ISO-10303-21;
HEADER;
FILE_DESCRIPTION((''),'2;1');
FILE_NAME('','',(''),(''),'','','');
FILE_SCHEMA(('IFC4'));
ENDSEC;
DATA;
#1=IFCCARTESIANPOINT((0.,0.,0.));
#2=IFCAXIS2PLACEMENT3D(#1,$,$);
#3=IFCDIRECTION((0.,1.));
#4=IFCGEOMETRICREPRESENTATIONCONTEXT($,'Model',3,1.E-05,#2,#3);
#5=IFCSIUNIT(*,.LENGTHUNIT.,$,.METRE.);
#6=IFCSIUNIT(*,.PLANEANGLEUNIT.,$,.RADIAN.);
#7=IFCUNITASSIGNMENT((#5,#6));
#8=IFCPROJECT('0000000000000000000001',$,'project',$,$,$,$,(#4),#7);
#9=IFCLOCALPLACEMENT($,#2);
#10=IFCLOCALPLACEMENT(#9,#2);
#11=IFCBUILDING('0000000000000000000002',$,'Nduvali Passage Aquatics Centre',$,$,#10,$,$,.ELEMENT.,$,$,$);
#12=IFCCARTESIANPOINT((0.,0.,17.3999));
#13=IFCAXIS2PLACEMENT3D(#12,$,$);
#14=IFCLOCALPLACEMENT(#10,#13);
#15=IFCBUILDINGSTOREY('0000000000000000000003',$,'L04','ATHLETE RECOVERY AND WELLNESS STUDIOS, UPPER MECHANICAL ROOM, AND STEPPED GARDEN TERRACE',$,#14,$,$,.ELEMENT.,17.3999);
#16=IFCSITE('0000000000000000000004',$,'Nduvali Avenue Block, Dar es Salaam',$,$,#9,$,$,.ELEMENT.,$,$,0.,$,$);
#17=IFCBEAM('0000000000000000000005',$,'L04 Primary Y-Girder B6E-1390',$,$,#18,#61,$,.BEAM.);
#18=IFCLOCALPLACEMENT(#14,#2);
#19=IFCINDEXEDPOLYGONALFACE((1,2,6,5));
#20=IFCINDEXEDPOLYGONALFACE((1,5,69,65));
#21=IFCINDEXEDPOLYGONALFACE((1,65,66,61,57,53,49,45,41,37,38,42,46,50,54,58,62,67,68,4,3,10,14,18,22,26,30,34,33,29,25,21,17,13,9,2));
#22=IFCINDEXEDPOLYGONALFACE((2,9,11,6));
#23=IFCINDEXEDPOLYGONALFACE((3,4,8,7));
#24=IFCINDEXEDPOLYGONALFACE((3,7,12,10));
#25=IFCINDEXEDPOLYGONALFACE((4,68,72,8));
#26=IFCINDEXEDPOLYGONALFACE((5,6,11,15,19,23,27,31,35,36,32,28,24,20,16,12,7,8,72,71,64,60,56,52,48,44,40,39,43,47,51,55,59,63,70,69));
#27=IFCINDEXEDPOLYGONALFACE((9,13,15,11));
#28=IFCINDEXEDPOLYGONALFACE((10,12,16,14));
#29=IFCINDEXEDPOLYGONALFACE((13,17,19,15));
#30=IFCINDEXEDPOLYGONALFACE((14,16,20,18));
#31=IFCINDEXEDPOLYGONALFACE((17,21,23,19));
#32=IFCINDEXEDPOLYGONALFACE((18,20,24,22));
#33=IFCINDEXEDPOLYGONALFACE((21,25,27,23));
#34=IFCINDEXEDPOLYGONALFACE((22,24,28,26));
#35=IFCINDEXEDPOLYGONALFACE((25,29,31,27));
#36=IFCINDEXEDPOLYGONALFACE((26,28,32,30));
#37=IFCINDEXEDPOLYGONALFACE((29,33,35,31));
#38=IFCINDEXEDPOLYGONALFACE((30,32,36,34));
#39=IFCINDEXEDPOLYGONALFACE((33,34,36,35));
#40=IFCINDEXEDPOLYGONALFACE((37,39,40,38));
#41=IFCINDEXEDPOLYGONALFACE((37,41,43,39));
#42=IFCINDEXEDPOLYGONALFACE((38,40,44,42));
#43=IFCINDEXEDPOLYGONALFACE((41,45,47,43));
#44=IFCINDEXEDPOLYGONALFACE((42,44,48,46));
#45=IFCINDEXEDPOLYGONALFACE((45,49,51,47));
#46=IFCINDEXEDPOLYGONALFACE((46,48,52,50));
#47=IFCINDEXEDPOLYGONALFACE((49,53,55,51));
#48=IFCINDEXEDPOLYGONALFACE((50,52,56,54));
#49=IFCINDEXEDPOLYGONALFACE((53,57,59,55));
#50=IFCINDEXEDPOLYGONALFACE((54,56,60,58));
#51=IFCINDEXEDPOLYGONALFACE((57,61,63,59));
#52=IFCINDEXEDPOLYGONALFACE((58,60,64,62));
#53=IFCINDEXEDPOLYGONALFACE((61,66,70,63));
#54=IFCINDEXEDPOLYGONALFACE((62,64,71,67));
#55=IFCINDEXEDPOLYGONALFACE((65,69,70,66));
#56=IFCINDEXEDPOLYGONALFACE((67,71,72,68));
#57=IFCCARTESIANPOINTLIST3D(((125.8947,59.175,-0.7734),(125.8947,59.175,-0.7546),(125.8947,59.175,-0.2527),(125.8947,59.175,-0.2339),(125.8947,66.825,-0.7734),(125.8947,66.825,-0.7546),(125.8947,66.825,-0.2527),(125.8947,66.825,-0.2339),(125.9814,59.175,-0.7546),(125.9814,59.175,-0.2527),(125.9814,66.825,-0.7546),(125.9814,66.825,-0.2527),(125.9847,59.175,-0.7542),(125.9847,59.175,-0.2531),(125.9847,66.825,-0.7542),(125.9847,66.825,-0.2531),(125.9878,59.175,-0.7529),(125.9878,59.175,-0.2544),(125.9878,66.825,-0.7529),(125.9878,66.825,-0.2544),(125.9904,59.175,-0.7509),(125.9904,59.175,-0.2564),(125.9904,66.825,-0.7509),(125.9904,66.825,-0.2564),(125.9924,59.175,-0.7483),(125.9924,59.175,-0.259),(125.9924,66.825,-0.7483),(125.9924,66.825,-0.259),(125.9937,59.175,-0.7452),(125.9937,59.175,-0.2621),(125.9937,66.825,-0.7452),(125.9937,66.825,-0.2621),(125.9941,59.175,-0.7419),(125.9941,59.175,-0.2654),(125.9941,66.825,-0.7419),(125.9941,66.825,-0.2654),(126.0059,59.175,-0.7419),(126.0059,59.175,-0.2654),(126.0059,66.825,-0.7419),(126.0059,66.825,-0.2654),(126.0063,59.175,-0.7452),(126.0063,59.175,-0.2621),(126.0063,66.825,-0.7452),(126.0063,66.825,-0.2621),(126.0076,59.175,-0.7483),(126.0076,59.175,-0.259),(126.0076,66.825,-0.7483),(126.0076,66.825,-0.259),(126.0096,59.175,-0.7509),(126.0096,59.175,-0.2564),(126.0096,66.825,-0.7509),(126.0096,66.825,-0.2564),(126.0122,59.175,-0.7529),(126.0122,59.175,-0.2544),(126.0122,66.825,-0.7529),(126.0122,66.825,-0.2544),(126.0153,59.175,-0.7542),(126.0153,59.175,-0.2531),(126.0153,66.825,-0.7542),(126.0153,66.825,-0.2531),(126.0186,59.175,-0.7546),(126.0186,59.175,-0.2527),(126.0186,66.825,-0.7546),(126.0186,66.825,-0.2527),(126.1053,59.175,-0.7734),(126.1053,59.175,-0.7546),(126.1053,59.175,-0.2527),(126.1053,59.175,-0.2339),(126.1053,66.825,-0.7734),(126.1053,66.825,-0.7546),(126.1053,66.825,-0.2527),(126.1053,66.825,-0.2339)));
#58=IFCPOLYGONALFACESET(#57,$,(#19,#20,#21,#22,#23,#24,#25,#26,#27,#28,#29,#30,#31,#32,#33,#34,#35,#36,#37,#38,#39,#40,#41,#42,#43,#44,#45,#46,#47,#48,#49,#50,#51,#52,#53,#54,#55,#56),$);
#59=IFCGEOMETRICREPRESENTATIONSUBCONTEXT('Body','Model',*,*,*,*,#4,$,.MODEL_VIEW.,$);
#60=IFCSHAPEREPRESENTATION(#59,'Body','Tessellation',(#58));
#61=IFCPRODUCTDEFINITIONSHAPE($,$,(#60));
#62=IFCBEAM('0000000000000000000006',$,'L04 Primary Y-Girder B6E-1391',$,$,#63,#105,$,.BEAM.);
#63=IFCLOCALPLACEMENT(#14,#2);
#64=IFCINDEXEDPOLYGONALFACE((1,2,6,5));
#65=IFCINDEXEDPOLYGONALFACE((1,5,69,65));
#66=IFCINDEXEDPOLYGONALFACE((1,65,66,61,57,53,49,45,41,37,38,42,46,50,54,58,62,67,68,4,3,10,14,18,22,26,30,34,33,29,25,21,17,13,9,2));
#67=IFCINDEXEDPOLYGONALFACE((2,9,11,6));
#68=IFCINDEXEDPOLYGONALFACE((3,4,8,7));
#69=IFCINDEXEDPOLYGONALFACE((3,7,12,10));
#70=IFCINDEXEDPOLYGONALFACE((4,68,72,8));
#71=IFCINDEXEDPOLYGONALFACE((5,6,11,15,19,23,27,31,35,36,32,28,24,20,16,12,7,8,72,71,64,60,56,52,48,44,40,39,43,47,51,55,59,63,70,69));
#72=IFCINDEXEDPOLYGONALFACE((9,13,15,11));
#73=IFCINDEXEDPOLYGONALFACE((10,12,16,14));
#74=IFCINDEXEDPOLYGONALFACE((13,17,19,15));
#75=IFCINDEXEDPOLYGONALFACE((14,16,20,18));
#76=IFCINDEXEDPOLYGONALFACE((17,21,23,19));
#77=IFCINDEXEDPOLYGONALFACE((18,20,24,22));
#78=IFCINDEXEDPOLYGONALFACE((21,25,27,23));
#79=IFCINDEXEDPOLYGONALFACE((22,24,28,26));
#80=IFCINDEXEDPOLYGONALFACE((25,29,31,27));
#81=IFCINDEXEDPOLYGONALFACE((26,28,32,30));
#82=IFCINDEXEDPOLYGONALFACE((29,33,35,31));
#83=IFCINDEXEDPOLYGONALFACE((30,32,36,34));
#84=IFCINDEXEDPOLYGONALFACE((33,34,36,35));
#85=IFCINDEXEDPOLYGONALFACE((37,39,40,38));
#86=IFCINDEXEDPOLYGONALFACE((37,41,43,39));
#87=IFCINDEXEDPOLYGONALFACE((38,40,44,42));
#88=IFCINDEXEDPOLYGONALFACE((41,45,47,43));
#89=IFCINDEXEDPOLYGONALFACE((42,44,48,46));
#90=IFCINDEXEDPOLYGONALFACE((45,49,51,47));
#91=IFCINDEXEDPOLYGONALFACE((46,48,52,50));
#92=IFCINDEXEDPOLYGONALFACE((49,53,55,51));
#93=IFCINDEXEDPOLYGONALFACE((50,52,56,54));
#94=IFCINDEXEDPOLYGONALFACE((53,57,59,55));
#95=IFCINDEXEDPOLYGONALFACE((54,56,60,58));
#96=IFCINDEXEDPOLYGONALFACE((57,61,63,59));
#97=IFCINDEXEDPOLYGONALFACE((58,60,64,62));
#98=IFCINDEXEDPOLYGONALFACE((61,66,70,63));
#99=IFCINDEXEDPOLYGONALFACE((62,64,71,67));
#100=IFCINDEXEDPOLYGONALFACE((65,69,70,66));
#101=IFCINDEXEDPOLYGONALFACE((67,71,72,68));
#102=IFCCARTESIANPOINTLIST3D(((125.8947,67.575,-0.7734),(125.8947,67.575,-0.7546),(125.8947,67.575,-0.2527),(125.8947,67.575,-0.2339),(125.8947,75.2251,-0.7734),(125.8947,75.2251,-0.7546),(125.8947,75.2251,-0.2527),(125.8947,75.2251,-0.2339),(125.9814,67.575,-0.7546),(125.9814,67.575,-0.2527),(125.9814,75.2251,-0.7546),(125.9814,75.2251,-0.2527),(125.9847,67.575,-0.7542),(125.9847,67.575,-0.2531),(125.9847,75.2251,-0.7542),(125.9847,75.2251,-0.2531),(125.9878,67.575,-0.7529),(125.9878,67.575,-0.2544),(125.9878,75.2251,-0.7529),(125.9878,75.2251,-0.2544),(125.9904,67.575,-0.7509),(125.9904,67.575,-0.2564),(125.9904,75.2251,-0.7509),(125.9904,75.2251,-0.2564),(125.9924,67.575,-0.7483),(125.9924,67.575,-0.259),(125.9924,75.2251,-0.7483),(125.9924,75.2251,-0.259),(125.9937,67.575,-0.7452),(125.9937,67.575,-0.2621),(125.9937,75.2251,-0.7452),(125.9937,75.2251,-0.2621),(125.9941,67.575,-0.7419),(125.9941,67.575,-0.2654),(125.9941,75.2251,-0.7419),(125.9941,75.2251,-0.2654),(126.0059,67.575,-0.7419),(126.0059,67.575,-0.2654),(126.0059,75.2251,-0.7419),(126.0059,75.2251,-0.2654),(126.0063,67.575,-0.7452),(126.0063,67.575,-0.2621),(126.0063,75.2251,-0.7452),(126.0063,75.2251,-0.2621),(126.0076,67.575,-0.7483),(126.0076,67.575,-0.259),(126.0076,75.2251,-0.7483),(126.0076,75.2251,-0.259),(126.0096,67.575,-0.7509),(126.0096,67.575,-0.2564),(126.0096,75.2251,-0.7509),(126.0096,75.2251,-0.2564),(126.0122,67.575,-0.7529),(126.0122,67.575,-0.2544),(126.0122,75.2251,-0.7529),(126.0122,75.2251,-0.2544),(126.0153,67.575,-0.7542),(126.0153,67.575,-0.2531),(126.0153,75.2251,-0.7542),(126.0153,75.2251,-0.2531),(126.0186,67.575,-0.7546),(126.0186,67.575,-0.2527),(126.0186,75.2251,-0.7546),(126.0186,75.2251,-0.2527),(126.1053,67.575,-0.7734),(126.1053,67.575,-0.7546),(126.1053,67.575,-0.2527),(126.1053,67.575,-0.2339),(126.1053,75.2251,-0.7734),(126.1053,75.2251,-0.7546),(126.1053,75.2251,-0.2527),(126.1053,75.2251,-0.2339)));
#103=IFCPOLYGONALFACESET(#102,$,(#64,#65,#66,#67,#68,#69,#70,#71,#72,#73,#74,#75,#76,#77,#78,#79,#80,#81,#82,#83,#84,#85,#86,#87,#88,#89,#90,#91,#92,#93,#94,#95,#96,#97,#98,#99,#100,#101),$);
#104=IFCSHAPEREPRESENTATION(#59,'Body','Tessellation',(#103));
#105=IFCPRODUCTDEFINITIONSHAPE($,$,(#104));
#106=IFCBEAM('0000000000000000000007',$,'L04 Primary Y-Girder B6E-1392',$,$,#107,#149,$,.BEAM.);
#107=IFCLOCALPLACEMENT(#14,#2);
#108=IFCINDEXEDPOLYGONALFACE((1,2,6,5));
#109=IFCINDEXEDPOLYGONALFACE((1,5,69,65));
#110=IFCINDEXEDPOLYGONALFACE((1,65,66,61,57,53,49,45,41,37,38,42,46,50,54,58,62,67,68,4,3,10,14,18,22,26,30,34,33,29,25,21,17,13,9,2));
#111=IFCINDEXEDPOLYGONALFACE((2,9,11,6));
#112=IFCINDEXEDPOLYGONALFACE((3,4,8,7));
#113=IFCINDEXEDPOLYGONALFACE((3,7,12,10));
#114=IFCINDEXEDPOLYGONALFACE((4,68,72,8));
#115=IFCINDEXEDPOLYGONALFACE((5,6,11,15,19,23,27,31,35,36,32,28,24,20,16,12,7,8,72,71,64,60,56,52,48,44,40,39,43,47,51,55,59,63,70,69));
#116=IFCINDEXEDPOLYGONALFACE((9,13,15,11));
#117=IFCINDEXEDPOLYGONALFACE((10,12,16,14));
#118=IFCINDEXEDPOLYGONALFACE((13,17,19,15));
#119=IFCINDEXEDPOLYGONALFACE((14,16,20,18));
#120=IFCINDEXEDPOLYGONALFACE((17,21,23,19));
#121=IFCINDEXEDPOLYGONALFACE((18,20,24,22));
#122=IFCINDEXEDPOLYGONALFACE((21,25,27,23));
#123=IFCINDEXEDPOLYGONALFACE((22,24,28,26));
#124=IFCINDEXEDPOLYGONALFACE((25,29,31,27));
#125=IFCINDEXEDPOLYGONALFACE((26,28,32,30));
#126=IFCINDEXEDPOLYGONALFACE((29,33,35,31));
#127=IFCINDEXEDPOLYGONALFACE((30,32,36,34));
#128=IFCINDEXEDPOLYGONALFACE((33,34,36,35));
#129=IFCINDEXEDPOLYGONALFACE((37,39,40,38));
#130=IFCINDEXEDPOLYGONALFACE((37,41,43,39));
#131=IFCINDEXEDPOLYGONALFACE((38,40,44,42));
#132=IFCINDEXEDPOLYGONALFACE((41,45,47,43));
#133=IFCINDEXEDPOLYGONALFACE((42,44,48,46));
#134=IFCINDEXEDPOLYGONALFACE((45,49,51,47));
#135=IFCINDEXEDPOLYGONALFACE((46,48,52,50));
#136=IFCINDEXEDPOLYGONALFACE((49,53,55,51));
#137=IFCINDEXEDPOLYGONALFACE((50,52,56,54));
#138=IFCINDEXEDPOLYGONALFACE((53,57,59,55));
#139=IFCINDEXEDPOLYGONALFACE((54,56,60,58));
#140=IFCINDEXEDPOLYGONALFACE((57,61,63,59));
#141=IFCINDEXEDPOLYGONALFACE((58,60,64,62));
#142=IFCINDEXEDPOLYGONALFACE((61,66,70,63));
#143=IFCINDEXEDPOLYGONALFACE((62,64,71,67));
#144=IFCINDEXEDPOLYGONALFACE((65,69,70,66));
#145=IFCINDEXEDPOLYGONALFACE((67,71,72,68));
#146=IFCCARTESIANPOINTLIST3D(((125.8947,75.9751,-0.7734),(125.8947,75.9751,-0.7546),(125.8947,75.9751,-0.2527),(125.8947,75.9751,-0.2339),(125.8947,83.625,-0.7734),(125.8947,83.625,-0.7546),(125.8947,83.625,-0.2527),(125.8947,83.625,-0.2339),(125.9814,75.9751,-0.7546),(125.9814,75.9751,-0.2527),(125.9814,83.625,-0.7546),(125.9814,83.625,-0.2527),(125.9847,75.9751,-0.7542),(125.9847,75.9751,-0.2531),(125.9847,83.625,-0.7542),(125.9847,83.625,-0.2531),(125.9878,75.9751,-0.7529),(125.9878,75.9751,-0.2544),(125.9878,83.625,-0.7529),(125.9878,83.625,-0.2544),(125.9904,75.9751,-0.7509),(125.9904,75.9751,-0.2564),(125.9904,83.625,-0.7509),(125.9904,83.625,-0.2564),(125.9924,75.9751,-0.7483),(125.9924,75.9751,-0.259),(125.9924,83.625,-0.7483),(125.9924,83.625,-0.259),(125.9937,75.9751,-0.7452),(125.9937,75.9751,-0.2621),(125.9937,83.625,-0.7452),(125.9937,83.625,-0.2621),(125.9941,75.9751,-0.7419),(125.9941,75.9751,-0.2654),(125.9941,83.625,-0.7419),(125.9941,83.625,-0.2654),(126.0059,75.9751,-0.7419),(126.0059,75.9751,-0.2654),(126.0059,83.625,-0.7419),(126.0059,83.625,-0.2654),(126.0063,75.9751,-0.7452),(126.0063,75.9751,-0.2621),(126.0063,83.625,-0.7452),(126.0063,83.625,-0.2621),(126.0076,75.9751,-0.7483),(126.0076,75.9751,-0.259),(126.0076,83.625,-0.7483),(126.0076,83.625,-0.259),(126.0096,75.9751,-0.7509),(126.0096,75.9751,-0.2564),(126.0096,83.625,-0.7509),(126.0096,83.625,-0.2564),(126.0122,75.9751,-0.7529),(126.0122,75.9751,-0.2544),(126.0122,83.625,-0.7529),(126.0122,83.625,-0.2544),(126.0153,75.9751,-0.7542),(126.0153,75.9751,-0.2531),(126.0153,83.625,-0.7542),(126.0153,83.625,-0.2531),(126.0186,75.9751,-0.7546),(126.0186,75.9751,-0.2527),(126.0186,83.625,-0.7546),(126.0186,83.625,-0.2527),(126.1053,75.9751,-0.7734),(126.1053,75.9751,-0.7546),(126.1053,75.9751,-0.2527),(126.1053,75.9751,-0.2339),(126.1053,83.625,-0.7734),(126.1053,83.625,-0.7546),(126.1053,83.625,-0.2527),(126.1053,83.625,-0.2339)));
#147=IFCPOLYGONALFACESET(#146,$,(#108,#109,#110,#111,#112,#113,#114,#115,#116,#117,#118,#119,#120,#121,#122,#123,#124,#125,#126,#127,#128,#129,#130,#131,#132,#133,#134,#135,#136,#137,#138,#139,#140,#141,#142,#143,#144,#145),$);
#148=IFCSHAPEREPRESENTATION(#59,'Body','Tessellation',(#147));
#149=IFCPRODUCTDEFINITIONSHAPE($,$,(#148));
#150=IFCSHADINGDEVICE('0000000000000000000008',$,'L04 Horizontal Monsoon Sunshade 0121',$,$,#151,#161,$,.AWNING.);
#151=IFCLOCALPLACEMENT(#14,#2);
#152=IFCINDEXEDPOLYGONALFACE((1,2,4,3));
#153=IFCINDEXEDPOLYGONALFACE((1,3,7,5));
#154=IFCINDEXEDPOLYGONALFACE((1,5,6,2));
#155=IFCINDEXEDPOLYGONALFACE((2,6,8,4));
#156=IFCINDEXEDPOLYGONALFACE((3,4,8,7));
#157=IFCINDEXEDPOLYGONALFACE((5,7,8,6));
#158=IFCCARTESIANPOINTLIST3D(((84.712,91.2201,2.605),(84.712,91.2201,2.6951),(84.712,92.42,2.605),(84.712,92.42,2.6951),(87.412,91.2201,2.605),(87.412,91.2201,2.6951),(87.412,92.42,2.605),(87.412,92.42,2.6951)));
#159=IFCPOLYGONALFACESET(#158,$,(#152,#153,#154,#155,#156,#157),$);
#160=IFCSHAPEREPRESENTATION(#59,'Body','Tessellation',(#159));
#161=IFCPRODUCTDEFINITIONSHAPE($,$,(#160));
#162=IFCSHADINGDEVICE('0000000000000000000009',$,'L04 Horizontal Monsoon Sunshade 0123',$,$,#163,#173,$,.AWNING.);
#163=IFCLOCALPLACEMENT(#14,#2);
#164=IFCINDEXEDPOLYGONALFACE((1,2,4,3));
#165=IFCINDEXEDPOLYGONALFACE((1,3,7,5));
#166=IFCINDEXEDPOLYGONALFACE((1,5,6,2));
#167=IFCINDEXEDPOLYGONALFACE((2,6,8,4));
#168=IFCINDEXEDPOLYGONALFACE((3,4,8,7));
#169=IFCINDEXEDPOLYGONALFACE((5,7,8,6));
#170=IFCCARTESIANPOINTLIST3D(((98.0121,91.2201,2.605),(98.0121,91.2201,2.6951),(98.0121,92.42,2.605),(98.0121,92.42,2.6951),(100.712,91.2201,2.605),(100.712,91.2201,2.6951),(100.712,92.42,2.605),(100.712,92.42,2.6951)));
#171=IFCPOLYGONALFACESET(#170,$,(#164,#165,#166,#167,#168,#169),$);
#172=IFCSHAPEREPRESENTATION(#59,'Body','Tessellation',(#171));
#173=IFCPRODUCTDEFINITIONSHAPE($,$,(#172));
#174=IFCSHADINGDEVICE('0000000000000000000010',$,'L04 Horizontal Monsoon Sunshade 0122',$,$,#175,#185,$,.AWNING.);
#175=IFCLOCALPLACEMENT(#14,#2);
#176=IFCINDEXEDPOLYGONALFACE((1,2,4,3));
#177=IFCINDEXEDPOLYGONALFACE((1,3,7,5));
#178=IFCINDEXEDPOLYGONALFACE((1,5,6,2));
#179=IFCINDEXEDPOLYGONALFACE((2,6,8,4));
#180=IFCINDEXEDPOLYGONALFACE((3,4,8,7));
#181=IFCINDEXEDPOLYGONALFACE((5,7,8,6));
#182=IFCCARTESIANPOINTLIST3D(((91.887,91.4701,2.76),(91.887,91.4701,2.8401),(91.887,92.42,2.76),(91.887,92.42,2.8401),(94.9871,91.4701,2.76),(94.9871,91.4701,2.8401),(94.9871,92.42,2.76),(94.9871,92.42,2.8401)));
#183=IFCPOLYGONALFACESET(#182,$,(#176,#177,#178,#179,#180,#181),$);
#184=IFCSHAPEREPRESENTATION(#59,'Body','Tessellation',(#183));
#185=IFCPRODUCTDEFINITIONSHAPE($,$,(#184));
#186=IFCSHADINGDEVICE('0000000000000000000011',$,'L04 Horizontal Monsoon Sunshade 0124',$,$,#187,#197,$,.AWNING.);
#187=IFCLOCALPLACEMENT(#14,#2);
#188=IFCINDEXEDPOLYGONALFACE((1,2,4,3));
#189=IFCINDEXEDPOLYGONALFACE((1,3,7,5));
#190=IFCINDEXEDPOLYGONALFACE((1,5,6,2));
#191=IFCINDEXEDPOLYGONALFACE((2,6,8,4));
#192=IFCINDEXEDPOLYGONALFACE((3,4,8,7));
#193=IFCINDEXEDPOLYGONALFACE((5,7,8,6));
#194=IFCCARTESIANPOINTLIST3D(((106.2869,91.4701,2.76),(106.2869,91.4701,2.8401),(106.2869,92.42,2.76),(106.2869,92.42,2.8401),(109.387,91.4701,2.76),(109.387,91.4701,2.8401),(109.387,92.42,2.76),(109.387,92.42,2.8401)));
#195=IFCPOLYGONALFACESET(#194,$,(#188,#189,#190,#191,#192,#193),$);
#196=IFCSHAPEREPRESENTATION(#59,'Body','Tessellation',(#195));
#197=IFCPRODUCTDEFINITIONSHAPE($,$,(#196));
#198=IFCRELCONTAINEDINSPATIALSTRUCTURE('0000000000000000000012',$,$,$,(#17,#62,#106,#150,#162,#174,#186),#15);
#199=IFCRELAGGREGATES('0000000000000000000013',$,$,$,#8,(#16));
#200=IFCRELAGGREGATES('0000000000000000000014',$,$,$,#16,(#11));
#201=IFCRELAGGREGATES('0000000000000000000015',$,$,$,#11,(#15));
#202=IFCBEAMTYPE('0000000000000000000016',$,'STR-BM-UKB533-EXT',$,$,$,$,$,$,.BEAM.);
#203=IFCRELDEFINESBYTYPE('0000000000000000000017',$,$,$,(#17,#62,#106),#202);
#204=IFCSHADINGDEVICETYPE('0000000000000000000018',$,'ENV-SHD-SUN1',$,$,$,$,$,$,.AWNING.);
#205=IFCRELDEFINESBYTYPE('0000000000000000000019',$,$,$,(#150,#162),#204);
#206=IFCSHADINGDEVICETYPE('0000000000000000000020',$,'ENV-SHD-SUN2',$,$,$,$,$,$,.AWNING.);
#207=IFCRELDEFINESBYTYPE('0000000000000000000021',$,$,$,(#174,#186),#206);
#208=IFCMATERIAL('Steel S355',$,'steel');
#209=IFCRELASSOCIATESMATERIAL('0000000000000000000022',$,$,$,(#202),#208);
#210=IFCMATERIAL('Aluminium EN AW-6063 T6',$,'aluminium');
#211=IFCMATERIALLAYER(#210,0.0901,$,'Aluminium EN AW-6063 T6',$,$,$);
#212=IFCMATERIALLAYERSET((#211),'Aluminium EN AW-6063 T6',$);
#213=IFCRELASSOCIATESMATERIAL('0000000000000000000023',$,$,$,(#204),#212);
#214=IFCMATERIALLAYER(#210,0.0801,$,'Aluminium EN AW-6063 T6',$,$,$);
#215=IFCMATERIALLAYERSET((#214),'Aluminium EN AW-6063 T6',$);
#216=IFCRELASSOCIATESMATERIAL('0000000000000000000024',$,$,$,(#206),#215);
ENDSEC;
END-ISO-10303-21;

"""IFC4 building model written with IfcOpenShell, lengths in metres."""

from ifc_helpers import new_model, si_unit, direction, frame, origin, origin_2d, place, context, subcontext, project, spatial, rectangle, i_section, extrude, material, layer, layer_set, material_profile, profile_set, type_object, element, save


model = new_model("IFC4")

# Units and contexts
model_context = context("Model", 3, precision=1e-05, world=origin(), true_north=direction((0.0, 1.0)))
body_context = subcontext(model_context, "Body", "Model", "MODEL_VIEW")
ifc_project = project(units=[si_unit("LENGTHUNIT", "METRE"), si_unit("PLANEANGLEUNIT", "RADIAN")], contexts=[model_context])

# Site, building, storey
site_placement = place(None, origin())
site = spatial("IfcSite", under=ifc_project, at=site_placement, Name="Nduvali Avenue Block, Dar es Salaam", CompositionType="ELEMENT", RefElevation=0.0)
building_placement = place(site_placement, origin())
building = spatial("IfcBuilding", under=site, at=building_placement, Name="Nduvali Passage Aquatics Centre", CompositionType="ELEMENT")
storey_placement = place(building_placement, frame((0.0, 0.0, 17.3999)))
storey = spatial("IfcBuildingStorey", under=building, at=storey_placement, Name="L04", Description="ATHLETE RECOVERY AND WELLNESS STUDIOS, UPPER MECHANICAL ROOM, AND STEPPED GARDEN TERRACE", CompositionType="ELEMENT", Elevation=17.3999)

# Beams
ifc_material_1 = material(Name="Steel S355", Category="steel")
ifc_material_profile_1 = material_profile(ifc_material_1, i_section(OverallWidth=0.2107, OverallDepth=0.5396, WebThickness=0.0117, FlangeThickness=0.0188, FilletRadius=0.0127, at=origin_2d()), Name="UKB 533x210x109")
ifc_profile_set_1 = profile_set([ifc_material_profile_1], Name="Steel S355")
beam_type = type_object("IfcBeamType", Name="STR-BM-UKB533-EXT", PredefinedType="BEAM", material=ifc_profile_set_1)
beam_1_placement = place(storey_placement, frame((126.0, 59.175, -0.5037), z_axis=(0.0, 1.0, 0.0), x_axis=(-1.0, 0.0, 0.0)))
element("IfcBeam", 1, at=beam_1_placement, inside=storey, type_object=beam_type, Name="L04 Primary Y-Girder B6E-1390", PredefinedType="BEAM", context=body_context, shape_type="SweptSolid", body=[
    extrude(i_section(OverallWidth=0.2107, OverallDepth=0.5396, WebThickness=0.0117, FlangeThickness=0.0188, FilletRadius=0.0127, at=origin_2d()), origin(), (0.0, 0.0, 1.0), 7.6499),
])
beam_2_placement = place(storey_placement, frame((126.0, 67.575, -0.5037), z_axis=(0.0, 1.0, 0.0), x_axis=(-1.0, 0.0, 0.0)))
element("IfcBeam", 2, at=beam_2_placement, inside=storey, type_object=beam_type, Name="L04 Primary Y-Girder B6E-1391", PredefinedType="BEAM", context=body_context, shape_type="SweptSolid", body=[
    extrude(i_section(OverallWidth=0.2107, OverallDepth=0.5396, WebThickness=0.0117, FlangeThickness=0.0188, FilletRadius=0.0127, at=origin_2d()), origin(), (0.0, 0.0, 1.0), 7.6501),
])
beam_3_placement = place(storey_placement, frame((126.0, 75.9751, -0.5037), z_axis=(0.0, 1.0, 0.0), x_axis=(-1.0, 0.0, 0.0)))
element("IfcBeam", 3, at=beam_3_placement, inside=storey, type_object=beam_type, Name="L04 Primary Y-Girder B6E-1392", PredefinedType="BEAM", context=body_context, shape_type="SweptSolid", body=[
    extrude(i_section(OverallWidth=0.2107, OverallDepth=0.5396, WebThickness=0.0117, FlangeThickness=0.0188, FilletRadius=0.0127, at=origin_2d()), origin(), (0.0, 0.0, 1.0), 7.6499),
])

# Shading devices
ifc_material_2 = material(Name="Aluminium EN AW-6063 T6", Category="aluminium")
ifc_layer_1 = layer(ifc_material_2, 0.0901, Name="Aluminium EN AW-6063 T6")
ifc_layer_set_1 = layer_set([ifc_layer_1], Name="Aluminium EN AW-6063 T6")
shading_device_type_1 = type_object("IfcShadingDeviceType", Name="ENV-SHD-SUN1", PredefinedType="AWNING", material=ifc_layer_set_1)
for number, where, z_axis, x_axis, name in (
    (4, (86.062, 91.8201, 2.605), (0.0, 0.0, 1.0), (1.0, 0.0, 0.0), "L04 Horizontal Monsoon Sunshade 0121"),
    (5, (99.3621, 91.8201, 2.605), (0.0, 0.0, 1.0), (1.0, 0.0, 0.0), "L04 Horizontal Monsoon Sunshade 0123"),
):
    element("IfcShadingDevice", number, at=place(storey_placement, frame(where, z_axis=z_axis, x_axis=x_axis)), inside=storey, type_object=shading_device_type_1, Name=name, PredefinedType="AWNING", context=body_context, shape_type="SweptSolid", body=[
        extrude(rectangle(XDim=2.7, YDim=1.2, at=origin_2d()), origin(), (0.0, 0.0, 1.0), 0.0901),
    ])
ifc_layer_2 = layer(ifc_material_2, 0.0801, Name="Aluminium EN AW-6063 T6")
ifc_layer_set_2 = layer_set([ifc_layer_2], Name="Aluminium EN AW-6063 T6")
shading_device_type_2 = type_object("IfcShadingDeviceType", Name="ENV-SHD-SUN2", PredefinedType="AWNING", material=ifc_layer_set_2)
for number, where, z_axis, x_axis, name in (
    (6, (93.437, 91.9451, 2.76), (0.0, 0.0, 1.0), (1.0, 0.0, 0.0), "L04 Horizontal Monsoon Sunshade 0122"),
    (7, (107.8369, 91.9451, 2.76), (0.0, 0.0, 1.0), (1.0, 0.0, 0.0), "L04 Horizontal Monsoon Sunshade 0124"),
):
    element("IfcShadingDevice", number, at=place(storey_placement, frame(where, z_axis=z_axis, x_axis=x_axis)), inside=storey, type_object=shading_device_type_2, Name=name, PredefinedType="AWNING", context=body_context, shape_type="SweptSolid", body=[
        extrude(rectangle(XDim=3.1001, YDim=0.95, at=origin_2d()), origin(), (0.0, 0.0, 1.0), 0.0801),
    ])

save(model, "model.ifc")
